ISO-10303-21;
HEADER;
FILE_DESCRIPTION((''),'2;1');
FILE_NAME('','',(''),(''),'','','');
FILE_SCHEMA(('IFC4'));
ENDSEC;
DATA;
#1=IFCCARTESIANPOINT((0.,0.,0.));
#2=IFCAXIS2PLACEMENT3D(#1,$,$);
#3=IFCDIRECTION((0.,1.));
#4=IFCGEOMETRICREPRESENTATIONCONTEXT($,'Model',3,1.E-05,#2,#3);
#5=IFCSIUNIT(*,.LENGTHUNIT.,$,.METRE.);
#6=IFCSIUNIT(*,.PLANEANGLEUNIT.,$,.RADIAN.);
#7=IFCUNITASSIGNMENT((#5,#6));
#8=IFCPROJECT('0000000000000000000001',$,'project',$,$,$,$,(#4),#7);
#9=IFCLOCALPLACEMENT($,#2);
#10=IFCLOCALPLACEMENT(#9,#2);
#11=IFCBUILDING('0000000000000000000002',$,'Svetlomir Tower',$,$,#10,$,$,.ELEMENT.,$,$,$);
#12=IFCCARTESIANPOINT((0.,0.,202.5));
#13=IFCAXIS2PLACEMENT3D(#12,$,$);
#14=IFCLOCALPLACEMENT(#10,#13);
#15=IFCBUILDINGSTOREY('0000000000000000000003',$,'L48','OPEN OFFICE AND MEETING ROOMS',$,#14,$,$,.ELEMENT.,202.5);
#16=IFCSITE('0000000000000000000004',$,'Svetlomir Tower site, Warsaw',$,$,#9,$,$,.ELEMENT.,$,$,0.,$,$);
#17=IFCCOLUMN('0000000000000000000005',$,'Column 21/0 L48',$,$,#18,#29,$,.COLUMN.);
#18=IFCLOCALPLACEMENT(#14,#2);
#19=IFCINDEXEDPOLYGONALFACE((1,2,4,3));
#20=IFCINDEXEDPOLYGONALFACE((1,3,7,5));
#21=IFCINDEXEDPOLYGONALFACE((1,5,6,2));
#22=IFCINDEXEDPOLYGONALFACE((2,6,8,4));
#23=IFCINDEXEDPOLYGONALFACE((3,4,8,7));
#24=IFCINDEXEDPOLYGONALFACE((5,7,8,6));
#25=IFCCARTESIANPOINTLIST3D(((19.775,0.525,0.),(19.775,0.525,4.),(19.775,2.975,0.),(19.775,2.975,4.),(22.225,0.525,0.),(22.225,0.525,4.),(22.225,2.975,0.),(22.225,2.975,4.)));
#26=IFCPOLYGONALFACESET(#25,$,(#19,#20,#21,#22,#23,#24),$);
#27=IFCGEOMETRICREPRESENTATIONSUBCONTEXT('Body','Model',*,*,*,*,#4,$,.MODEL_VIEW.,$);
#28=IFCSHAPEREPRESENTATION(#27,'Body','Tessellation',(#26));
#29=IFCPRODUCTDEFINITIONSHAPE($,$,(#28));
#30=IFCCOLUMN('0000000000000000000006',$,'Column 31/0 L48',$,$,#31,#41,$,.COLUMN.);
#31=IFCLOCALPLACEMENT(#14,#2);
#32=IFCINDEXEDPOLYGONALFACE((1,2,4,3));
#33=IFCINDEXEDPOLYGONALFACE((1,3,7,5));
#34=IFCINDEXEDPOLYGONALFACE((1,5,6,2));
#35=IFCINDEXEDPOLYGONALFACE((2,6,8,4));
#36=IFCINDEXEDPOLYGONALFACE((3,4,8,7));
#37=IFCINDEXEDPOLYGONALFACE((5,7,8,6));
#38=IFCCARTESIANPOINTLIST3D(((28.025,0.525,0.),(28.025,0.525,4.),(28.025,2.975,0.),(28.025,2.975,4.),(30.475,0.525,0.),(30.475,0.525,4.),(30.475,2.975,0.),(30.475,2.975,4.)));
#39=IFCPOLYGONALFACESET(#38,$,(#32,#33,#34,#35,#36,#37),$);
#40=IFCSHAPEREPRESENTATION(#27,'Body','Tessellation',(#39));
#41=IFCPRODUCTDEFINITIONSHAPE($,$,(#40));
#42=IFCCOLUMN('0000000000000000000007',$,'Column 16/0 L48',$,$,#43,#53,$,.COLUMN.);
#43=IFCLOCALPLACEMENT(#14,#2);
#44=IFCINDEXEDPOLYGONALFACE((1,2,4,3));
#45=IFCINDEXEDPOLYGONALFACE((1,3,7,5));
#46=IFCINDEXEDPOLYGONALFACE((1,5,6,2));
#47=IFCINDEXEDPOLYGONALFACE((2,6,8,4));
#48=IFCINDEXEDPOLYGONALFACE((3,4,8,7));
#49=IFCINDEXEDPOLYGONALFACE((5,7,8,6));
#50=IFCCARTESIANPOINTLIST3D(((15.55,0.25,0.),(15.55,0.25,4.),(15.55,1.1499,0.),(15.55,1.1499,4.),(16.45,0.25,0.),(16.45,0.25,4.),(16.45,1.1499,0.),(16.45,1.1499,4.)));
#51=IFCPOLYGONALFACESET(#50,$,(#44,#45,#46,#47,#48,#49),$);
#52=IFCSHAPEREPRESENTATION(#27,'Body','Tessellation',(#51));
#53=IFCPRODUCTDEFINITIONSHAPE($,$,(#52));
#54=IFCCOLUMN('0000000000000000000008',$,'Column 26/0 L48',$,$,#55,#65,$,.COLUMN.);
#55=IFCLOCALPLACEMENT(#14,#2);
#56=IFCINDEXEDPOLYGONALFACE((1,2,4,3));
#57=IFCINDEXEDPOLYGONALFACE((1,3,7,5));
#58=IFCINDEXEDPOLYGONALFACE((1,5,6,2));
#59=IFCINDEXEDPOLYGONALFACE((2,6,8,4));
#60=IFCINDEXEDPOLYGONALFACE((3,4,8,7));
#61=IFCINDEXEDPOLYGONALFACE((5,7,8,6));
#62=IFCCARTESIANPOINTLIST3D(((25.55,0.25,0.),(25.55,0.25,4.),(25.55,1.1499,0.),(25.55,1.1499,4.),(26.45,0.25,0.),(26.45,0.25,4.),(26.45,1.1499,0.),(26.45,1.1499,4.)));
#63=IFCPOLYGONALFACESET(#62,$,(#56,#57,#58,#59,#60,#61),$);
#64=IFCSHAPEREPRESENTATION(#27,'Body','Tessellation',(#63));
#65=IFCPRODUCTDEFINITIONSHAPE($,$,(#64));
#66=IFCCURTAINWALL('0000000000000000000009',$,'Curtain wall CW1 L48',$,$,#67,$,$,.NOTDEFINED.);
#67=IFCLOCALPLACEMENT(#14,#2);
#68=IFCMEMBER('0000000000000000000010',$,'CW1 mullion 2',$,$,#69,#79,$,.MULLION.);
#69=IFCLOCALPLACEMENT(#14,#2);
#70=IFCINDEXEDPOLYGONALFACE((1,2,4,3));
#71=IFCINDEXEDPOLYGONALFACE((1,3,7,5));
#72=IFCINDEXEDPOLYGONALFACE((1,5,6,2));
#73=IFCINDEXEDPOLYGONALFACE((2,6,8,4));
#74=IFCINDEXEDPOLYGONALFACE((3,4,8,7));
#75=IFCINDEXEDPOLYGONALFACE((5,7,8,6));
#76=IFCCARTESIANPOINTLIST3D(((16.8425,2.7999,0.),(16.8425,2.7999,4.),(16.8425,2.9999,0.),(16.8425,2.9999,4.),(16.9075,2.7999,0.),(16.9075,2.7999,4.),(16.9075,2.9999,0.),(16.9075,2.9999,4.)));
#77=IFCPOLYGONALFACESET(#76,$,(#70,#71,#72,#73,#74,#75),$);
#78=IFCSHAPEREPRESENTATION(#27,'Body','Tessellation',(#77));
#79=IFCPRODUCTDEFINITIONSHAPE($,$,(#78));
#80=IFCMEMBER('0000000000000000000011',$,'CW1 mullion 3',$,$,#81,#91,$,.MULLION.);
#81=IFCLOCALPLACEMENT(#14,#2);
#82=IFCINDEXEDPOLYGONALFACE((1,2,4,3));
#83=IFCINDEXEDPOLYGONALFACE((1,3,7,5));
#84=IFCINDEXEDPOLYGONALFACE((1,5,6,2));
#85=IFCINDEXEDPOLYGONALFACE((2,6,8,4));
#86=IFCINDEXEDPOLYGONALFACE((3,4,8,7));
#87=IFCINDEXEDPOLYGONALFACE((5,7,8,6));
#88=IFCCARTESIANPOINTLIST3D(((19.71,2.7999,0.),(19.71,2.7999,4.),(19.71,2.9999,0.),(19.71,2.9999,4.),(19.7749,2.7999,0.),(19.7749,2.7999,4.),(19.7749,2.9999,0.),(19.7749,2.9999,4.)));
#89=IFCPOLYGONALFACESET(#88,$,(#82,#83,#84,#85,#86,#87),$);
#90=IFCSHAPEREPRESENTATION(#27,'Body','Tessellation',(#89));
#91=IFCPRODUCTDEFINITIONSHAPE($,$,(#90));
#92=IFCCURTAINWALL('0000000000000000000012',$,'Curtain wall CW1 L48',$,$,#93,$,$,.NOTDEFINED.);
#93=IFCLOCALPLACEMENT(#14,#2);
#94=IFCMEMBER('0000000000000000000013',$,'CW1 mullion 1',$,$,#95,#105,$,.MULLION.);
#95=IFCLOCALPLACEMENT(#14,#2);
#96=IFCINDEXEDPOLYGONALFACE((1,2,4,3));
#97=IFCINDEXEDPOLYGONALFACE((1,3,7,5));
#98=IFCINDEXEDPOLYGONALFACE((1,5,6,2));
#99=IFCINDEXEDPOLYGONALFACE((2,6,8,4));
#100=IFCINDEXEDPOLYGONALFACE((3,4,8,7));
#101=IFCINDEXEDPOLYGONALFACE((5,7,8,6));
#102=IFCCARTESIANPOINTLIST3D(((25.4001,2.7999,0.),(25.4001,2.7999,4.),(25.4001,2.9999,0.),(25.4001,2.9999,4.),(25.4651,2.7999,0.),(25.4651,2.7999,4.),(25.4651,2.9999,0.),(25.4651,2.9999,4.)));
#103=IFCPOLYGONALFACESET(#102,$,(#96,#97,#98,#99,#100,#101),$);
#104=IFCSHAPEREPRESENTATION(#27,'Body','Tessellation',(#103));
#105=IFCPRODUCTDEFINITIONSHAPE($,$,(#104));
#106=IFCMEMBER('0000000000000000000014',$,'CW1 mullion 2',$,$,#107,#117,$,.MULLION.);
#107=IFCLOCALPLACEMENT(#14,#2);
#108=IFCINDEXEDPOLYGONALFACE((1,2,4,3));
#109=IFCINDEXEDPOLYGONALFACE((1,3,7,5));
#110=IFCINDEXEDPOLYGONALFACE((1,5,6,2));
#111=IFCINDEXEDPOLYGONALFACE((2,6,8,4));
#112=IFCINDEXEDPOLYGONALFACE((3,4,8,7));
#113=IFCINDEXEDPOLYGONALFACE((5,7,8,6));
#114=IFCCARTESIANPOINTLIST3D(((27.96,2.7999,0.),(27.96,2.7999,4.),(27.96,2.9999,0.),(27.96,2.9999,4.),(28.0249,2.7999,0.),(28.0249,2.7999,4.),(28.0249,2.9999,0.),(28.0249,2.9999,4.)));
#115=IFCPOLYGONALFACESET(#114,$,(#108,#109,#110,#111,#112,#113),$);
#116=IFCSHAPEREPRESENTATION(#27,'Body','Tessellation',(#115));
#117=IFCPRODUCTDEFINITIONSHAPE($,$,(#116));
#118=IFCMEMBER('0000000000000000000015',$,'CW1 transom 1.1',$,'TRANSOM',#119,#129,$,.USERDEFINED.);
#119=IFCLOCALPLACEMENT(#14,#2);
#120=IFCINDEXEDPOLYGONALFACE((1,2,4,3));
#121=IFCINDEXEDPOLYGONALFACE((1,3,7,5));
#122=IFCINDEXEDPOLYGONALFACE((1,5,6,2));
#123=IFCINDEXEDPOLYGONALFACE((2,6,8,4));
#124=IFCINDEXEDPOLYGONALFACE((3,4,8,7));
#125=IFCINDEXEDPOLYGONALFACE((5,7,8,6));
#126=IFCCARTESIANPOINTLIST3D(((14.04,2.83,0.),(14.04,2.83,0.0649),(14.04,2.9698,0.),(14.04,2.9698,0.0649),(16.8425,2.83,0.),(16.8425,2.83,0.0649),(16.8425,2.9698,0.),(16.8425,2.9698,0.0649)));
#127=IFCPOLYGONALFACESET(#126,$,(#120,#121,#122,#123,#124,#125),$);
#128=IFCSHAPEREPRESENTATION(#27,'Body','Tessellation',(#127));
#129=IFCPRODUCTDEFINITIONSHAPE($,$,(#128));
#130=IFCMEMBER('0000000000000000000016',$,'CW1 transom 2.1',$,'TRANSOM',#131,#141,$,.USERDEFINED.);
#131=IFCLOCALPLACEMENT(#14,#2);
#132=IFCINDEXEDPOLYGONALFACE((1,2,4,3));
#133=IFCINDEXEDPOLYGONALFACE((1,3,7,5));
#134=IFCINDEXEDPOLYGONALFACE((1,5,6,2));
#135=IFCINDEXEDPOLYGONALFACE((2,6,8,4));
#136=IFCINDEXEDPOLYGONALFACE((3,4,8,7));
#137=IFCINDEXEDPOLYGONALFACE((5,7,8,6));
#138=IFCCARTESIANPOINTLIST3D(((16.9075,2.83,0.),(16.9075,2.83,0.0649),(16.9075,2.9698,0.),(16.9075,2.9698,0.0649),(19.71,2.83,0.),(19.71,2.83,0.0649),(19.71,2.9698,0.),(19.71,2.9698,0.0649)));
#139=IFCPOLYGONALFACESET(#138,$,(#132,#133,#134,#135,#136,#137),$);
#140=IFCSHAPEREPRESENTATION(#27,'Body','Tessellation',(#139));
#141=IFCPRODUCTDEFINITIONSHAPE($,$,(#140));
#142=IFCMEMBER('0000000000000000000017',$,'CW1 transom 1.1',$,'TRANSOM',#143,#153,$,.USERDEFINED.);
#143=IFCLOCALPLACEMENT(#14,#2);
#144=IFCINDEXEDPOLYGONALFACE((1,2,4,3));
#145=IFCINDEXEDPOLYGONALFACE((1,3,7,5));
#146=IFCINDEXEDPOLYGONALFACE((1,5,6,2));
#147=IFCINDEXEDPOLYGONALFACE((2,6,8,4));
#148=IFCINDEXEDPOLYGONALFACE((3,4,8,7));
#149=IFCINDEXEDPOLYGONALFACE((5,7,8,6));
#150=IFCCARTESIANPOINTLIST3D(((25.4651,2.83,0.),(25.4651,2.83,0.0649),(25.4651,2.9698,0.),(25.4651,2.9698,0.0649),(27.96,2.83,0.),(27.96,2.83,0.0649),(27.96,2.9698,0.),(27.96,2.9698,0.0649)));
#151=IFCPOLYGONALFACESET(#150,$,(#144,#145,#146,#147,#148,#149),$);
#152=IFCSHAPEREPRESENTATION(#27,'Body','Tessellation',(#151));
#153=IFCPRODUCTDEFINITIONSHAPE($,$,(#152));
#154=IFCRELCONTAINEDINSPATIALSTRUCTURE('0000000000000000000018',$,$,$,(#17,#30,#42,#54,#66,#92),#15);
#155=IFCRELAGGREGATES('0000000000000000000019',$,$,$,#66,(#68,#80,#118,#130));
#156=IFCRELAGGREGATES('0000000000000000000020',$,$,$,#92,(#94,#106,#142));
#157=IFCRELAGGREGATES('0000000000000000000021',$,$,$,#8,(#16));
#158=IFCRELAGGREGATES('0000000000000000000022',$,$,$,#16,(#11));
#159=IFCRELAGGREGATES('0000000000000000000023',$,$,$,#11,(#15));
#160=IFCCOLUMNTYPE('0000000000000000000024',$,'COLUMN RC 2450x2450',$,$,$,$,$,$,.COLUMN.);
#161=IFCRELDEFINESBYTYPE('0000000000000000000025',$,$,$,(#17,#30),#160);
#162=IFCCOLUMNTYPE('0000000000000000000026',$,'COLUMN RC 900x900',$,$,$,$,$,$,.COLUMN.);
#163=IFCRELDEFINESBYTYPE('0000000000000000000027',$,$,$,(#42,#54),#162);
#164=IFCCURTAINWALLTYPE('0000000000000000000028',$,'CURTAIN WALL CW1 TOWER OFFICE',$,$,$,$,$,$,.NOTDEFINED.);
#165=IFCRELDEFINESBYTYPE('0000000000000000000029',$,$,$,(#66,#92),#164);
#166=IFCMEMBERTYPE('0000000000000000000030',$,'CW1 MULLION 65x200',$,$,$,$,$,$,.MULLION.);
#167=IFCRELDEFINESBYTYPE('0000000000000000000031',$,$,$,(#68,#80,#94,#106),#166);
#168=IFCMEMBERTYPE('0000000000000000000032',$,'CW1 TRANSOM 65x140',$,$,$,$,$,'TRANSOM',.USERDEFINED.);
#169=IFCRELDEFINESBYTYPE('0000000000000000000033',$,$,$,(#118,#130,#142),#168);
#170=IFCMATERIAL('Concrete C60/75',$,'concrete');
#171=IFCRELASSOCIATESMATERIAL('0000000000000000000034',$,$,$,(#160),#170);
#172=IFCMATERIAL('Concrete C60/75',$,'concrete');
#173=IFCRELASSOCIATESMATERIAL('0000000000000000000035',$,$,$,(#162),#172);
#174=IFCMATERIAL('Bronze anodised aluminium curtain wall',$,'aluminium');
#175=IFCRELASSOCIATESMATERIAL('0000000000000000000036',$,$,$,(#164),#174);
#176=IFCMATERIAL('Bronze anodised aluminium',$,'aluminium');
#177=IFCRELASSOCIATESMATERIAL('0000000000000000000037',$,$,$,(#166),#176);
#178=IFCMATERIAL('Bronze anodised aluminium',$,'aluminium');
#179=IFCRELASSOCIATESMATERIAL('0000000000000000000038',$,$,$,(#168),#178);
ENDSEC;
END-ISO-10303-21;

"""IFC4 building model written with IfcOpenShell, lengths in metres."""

from ifc_helpers import new_model, si_unit, direction, frame, origin, origin_2d, place, context, subcontext, project, spatial, rectangle, extrude, material, material_profile, profile_set, type_object, element, aggregate, save


model = new_model("IFC4")

# Units and contexts
model_context = context("Model", 3, precision=1e-05, world=origin(), true_north=direction((0.0, 1.0)))
body_context = subcontext(model_context, "Body", "Model", "MODEL_VIEW")
ifc_project = project(units=[si_unit("LENGTHUNIT", "METRE"), si_unit("PLANEANGLEUNIT", "RADIAN")], contexts=[model_context])

# Site, building, storey
site_placement = place(None, origin())
site = spatial("IfcSite", under=ifc_project, at=site_placement, Name="Svetlomir Tower site, Warsaw", CompositionType="ELEMENT", RefElevation=0.0)
building_placement = place(site_placement, origin())
building = spatial("IfcBuilding", under=site, at=building_placement, Name="Svetlomir Tower", CompositionType="ELEMENT")
storey_placement = place(building_placement, frame((0.0, 0.0, 202.5)))
storey = spatial("IfcBuildingStorey", under=building, at=storey_placement, Name="L48", Description="OPEN OFFICE AND MEETING ROOMS", CompositionType="ELEMENT", Elevation=202.5)

# Columns
ifc_material_1 = material(Name="Concrete C60/75", Category="concrete")
ifc_material_profile_1 = material_profile(ifc_material_1, rectangle(XDim=2.45, YDim=2.45, at=origin_2d()), Name="RC 2450x2450")
ifc_profile_set_1 = profile_set([ifc_material_profile_1], Name="Concrete C60/75")
column_type_1 = type_object("IfcColumnType", Name="COLUMN RC 2450x2450", PredefinedType="COLUMN", material=ifc_profile_set_1)
for number, where, z_axis, x_axis, name in (
    (1, (21.0, 1.75, 0.0), (0.0, 0.0, 1.0), (1.0, 0.0, 0.0), "Column 21/0 L48"),
    (2, (29.25, 1.75, 0.0), (0.0, 0.0, 1.0), (1.0, 0.0, 0.0), "Column 31/0 L48"),
):
    element("IfcColumn", number, at=place(storey_placement, frame(where, z_axis=z_axis, x_axis=x_axis)), inside=storey, type_object=column_type_1, Name=name, PredefinedType="COLUMN", context=body_context, shape_type="SweptSolid", body=[
        extrude(rectangle(XDim=2.45, YDim=2.45, at=origin_2d()), origin(), (0.0, 0.0, 1.0), 4.0),
    ])
ifc_material_2 = material(Name="Concrete C60/75", Category="concrete")
ifc_material_profile_2 = material_profile(ifc_material_2, rectangle(XDim=0.8999, YDim=0.8999, at=origin_2d()), Name="RC 900x900")
ifc_profile_set_2 = profile_set([ifc_material_profile_2], Name="Concrete C60/75")
column_type_2 = type_object("IfcColumnType", Name="COLUMN RC 900x900", PredefinedType="COLUMN", material=ifc_profile_set_2)
for number, where, z_axis, x_axis, name in (
    (3, (16.0, 0.7, 0.0), (0.0, 0.0, 1.0), (1.0, 0.0, 0.0), "Column 16/0 L48"),
    (4, (26.0, 0.7, 0.0), (0.0, 0.0, 1.0), (1.0, 0.0, 0.0), "Column 26/0 L48"),
):
    element("IfcColumn", number, at=place(storey_placement, frame(where, z_axis=z_axis, x_axis=x_axis)), inside=storey, type_object=column_type_2, Name=name, PredefinedType="COLUMN", context=body_context, shape_type="SweptSolid", body=[
        extrude(rectangle(XDim=0.8999, YDim=0.8999, at=origin_2d()), origin(), (0.0, 0.0, 1.0), 4.0),
    ])

# Curtain walls, members
ifc_material_3 = material(Name="Bronze anodised aluminium curtain wall", Category="aluminium")
curtain_wall_type = type_object("IfcCurtainWallType", Name="CURTAIN WALL CW1 TOWER OFFICE", PredefinedType="NOTDEFINED", material=ifc_material_3)
curtain_wall_1_placement = place(storey_placement, origin())
curtain_wall_1 = element("IfcCurtainWall", 5, at=curtain_wall_1_placement, inside=storey, type_object=curtain_wall_type, Name="Curtain wall CW1 L48", PredefinedType="NOTDEFINED")
ifc_material_4 = material(Name="Bronze anodised aluminium", Category="aluminium")
ifc_material_profile_3 = material_profile(ifc_material_4, rectangle(XDim=0.0649, YDim=0.2, at=origin_2d()), Name="AL 65x200")
ifc_profile_set_3 = profile_set([ifc_material_profile_3], Name="Bronze anodised aluminium 6063-T6")
member_type_1 = type_object("IfcMemberType", Name="CW1 MULLION 65x200", PredefinedType="MULLION", material=ifc_profile_set_3)
member_1_placement = place(storey_placement, frame((16.875, 2.8999, 0.0), z_axis=(0.0, 0.0, 1.0), x_axis=(1.0, 0.0, 0.0)))
member_1 = element("IfcMember", 6, at=member_1_placement, type_object=member_type_1, Name="CW1 mullion 2", PredefinedType="MULLION", context=body_context, shape_type="SweptSolid", body=[
    extrude(rectangle(XDim=0.0649, YDim=0.2, at=origin_2d()), origin(), (0.0, 0.0, 1.0), 4.0),
])
member_2_placement = place(storey_placement, frame((19.7424, 2.8999, 0.0), z_axis=(0.0, 0.0, 1.0), x_axis=(1.0, 0.0, 0.0)))
member_2 = element("IfcMember", 7, at=member_2_placement, type_object=member_type_1, Name="CW1 mullion 3", PredefinedType="MULLION", context=body_context, shape_type="SweptSolid", body=[
    extrude(rectangle(XDim=0.0649, YDim=0.2, at=origin_2d()), origin(), (0.0, 0.0, 1.0), 4.0),
])
curtain_wall_2_placement = place(storey_placement, origin())
curtain_wall_2 = element("IfcCurtainWall", 8, at=curtain_wall_2_placement, inside=storey, type_object=curtain_wall_type, Name="Curtain wall CW1 L48", PredefinedType="NOTDEFINED")
member_3_placement = place(storey_placement, frame((25.4326, 2.8999, 0.0), z_axis=(0.0, 0.0, 1.0), x_axis=(1.0, 0.0, 0.0)))
member_3 = element("IfcMember", 9, at=member_3_placement, type_object=member_type_1, Name="CW1 mullion 1", PredefinedType="MULLION", context=body_context, shape_type="SweptSolid", body=[
    extrude(rectangle(XDim=0.0649, YDim=0.2, at=origin_2d()), origin(), (0.0, 0.0, 1.0), 4.0),
])
member_4_placement = place(storey_placement, frame((27.9924, 2.8999, 0.0), z_axis=(0.0, 0.0, 1.0), x_axis=(1.0, 0.0, 0.0)))
member_4 = element("IfcMember", 10, at=member_4_placement, type_object=member_type_1, Name="CW1 mullion 2", PredefinedType="MULLION", context=body_context, shape_type="SweptSolid", body=[
    extrude(rectangle(XDim=0.0649, YDim=0.2, at=origin_2d()), origin(), (0.0, 0.0, 1.0), 4.0),
])

# Members
ifc_material_5 = material(Name="Bronze anodised aluminium", Category="aluminium")
ifc_material_profile_4 = material_profile(ifc_material_5, rectangle(XDim=0.1399, YDim=0.0649, at=origin_2d()), Name="AL 140x65")
ifc_profile_set_4 = profile_set([ifc_material_profile_4], Name="Bronze anodised aluminium 6063-T6")
member_type_2 = type_object("IfcMemberType", Name="CW1 TRANSOM 65x140", ElementType="TRANSOM", PredefinedType="USERDEFINED", material=ifc_profile_set_4)
member_5_placement = place(storey_placement, frame((14.04, 2.8999, 0.0325), z_axis=(1.0, 0.0, 0.0), x_axis=(0.0, 1.0, 0.0)))
member_5 = element("IfcMember", 11, at=member_5_placement, type_object=member_type_2, Name="CW1 transom 1.1", ObjectType="TRANSOM", PredefinedType="USERDEFINED", context=body_context, shape_type="SweptSolid", body=[
    extrude(rectangle(XDim=0.1399, YDim=0.0649, at=origin_2d()), origin(), (0.0, 0.0, 1.0), 2.8025),
])
member_6_placement = place(storey_placement, frame((16.9075, 2.8999, 0.0325), z_axis=(1.0, 0.0, 0.0), x_axis=(0.0, 1.0, 0.0)))
member_6 = element("IfcMember", 12, at=member_6_placement, type_object=member_type_2, Name="CW1 transom 2.1", ObjectType="TRANSOM", PredefinedType="USERDEFINED", context=body_context, shape_type="SweptSolid", body=[
    extrude(rectangle(XDim=0.1399, YDim=0.0649, at=origin_2d()), origin(), (0.0, 0.0, 1.0), 2.8025),
])
member_7_placement = place(storey_placement, frame((25.4651, 2.8999, 0.0325), z_axis=(1.0, 0.0, 0.0), x_axis=(0.0, 1.0, 0.0)))
member_7 = element("IfcMember", 13, at=member_7_placement, type_object=member_type_2, Name="CW1 transom 1.1", ObjectType="TRANSOM", PredefinedType="USERDEFINED", context=body_context, shape_type="SweptSolid", body=[
    extrude(rectangle(XDim=0.1399, YDim=0.0649, at=origin_2d()), origin(), (0.0, 0.0, 1.0), 2.4949),
])

aggregate(curtain_wall_1, [member_1, member_2, member_5, member_6])
aggregate(curtain_wall_2, [member_3, member_4, member_7])

save(model, "model.ifc")
